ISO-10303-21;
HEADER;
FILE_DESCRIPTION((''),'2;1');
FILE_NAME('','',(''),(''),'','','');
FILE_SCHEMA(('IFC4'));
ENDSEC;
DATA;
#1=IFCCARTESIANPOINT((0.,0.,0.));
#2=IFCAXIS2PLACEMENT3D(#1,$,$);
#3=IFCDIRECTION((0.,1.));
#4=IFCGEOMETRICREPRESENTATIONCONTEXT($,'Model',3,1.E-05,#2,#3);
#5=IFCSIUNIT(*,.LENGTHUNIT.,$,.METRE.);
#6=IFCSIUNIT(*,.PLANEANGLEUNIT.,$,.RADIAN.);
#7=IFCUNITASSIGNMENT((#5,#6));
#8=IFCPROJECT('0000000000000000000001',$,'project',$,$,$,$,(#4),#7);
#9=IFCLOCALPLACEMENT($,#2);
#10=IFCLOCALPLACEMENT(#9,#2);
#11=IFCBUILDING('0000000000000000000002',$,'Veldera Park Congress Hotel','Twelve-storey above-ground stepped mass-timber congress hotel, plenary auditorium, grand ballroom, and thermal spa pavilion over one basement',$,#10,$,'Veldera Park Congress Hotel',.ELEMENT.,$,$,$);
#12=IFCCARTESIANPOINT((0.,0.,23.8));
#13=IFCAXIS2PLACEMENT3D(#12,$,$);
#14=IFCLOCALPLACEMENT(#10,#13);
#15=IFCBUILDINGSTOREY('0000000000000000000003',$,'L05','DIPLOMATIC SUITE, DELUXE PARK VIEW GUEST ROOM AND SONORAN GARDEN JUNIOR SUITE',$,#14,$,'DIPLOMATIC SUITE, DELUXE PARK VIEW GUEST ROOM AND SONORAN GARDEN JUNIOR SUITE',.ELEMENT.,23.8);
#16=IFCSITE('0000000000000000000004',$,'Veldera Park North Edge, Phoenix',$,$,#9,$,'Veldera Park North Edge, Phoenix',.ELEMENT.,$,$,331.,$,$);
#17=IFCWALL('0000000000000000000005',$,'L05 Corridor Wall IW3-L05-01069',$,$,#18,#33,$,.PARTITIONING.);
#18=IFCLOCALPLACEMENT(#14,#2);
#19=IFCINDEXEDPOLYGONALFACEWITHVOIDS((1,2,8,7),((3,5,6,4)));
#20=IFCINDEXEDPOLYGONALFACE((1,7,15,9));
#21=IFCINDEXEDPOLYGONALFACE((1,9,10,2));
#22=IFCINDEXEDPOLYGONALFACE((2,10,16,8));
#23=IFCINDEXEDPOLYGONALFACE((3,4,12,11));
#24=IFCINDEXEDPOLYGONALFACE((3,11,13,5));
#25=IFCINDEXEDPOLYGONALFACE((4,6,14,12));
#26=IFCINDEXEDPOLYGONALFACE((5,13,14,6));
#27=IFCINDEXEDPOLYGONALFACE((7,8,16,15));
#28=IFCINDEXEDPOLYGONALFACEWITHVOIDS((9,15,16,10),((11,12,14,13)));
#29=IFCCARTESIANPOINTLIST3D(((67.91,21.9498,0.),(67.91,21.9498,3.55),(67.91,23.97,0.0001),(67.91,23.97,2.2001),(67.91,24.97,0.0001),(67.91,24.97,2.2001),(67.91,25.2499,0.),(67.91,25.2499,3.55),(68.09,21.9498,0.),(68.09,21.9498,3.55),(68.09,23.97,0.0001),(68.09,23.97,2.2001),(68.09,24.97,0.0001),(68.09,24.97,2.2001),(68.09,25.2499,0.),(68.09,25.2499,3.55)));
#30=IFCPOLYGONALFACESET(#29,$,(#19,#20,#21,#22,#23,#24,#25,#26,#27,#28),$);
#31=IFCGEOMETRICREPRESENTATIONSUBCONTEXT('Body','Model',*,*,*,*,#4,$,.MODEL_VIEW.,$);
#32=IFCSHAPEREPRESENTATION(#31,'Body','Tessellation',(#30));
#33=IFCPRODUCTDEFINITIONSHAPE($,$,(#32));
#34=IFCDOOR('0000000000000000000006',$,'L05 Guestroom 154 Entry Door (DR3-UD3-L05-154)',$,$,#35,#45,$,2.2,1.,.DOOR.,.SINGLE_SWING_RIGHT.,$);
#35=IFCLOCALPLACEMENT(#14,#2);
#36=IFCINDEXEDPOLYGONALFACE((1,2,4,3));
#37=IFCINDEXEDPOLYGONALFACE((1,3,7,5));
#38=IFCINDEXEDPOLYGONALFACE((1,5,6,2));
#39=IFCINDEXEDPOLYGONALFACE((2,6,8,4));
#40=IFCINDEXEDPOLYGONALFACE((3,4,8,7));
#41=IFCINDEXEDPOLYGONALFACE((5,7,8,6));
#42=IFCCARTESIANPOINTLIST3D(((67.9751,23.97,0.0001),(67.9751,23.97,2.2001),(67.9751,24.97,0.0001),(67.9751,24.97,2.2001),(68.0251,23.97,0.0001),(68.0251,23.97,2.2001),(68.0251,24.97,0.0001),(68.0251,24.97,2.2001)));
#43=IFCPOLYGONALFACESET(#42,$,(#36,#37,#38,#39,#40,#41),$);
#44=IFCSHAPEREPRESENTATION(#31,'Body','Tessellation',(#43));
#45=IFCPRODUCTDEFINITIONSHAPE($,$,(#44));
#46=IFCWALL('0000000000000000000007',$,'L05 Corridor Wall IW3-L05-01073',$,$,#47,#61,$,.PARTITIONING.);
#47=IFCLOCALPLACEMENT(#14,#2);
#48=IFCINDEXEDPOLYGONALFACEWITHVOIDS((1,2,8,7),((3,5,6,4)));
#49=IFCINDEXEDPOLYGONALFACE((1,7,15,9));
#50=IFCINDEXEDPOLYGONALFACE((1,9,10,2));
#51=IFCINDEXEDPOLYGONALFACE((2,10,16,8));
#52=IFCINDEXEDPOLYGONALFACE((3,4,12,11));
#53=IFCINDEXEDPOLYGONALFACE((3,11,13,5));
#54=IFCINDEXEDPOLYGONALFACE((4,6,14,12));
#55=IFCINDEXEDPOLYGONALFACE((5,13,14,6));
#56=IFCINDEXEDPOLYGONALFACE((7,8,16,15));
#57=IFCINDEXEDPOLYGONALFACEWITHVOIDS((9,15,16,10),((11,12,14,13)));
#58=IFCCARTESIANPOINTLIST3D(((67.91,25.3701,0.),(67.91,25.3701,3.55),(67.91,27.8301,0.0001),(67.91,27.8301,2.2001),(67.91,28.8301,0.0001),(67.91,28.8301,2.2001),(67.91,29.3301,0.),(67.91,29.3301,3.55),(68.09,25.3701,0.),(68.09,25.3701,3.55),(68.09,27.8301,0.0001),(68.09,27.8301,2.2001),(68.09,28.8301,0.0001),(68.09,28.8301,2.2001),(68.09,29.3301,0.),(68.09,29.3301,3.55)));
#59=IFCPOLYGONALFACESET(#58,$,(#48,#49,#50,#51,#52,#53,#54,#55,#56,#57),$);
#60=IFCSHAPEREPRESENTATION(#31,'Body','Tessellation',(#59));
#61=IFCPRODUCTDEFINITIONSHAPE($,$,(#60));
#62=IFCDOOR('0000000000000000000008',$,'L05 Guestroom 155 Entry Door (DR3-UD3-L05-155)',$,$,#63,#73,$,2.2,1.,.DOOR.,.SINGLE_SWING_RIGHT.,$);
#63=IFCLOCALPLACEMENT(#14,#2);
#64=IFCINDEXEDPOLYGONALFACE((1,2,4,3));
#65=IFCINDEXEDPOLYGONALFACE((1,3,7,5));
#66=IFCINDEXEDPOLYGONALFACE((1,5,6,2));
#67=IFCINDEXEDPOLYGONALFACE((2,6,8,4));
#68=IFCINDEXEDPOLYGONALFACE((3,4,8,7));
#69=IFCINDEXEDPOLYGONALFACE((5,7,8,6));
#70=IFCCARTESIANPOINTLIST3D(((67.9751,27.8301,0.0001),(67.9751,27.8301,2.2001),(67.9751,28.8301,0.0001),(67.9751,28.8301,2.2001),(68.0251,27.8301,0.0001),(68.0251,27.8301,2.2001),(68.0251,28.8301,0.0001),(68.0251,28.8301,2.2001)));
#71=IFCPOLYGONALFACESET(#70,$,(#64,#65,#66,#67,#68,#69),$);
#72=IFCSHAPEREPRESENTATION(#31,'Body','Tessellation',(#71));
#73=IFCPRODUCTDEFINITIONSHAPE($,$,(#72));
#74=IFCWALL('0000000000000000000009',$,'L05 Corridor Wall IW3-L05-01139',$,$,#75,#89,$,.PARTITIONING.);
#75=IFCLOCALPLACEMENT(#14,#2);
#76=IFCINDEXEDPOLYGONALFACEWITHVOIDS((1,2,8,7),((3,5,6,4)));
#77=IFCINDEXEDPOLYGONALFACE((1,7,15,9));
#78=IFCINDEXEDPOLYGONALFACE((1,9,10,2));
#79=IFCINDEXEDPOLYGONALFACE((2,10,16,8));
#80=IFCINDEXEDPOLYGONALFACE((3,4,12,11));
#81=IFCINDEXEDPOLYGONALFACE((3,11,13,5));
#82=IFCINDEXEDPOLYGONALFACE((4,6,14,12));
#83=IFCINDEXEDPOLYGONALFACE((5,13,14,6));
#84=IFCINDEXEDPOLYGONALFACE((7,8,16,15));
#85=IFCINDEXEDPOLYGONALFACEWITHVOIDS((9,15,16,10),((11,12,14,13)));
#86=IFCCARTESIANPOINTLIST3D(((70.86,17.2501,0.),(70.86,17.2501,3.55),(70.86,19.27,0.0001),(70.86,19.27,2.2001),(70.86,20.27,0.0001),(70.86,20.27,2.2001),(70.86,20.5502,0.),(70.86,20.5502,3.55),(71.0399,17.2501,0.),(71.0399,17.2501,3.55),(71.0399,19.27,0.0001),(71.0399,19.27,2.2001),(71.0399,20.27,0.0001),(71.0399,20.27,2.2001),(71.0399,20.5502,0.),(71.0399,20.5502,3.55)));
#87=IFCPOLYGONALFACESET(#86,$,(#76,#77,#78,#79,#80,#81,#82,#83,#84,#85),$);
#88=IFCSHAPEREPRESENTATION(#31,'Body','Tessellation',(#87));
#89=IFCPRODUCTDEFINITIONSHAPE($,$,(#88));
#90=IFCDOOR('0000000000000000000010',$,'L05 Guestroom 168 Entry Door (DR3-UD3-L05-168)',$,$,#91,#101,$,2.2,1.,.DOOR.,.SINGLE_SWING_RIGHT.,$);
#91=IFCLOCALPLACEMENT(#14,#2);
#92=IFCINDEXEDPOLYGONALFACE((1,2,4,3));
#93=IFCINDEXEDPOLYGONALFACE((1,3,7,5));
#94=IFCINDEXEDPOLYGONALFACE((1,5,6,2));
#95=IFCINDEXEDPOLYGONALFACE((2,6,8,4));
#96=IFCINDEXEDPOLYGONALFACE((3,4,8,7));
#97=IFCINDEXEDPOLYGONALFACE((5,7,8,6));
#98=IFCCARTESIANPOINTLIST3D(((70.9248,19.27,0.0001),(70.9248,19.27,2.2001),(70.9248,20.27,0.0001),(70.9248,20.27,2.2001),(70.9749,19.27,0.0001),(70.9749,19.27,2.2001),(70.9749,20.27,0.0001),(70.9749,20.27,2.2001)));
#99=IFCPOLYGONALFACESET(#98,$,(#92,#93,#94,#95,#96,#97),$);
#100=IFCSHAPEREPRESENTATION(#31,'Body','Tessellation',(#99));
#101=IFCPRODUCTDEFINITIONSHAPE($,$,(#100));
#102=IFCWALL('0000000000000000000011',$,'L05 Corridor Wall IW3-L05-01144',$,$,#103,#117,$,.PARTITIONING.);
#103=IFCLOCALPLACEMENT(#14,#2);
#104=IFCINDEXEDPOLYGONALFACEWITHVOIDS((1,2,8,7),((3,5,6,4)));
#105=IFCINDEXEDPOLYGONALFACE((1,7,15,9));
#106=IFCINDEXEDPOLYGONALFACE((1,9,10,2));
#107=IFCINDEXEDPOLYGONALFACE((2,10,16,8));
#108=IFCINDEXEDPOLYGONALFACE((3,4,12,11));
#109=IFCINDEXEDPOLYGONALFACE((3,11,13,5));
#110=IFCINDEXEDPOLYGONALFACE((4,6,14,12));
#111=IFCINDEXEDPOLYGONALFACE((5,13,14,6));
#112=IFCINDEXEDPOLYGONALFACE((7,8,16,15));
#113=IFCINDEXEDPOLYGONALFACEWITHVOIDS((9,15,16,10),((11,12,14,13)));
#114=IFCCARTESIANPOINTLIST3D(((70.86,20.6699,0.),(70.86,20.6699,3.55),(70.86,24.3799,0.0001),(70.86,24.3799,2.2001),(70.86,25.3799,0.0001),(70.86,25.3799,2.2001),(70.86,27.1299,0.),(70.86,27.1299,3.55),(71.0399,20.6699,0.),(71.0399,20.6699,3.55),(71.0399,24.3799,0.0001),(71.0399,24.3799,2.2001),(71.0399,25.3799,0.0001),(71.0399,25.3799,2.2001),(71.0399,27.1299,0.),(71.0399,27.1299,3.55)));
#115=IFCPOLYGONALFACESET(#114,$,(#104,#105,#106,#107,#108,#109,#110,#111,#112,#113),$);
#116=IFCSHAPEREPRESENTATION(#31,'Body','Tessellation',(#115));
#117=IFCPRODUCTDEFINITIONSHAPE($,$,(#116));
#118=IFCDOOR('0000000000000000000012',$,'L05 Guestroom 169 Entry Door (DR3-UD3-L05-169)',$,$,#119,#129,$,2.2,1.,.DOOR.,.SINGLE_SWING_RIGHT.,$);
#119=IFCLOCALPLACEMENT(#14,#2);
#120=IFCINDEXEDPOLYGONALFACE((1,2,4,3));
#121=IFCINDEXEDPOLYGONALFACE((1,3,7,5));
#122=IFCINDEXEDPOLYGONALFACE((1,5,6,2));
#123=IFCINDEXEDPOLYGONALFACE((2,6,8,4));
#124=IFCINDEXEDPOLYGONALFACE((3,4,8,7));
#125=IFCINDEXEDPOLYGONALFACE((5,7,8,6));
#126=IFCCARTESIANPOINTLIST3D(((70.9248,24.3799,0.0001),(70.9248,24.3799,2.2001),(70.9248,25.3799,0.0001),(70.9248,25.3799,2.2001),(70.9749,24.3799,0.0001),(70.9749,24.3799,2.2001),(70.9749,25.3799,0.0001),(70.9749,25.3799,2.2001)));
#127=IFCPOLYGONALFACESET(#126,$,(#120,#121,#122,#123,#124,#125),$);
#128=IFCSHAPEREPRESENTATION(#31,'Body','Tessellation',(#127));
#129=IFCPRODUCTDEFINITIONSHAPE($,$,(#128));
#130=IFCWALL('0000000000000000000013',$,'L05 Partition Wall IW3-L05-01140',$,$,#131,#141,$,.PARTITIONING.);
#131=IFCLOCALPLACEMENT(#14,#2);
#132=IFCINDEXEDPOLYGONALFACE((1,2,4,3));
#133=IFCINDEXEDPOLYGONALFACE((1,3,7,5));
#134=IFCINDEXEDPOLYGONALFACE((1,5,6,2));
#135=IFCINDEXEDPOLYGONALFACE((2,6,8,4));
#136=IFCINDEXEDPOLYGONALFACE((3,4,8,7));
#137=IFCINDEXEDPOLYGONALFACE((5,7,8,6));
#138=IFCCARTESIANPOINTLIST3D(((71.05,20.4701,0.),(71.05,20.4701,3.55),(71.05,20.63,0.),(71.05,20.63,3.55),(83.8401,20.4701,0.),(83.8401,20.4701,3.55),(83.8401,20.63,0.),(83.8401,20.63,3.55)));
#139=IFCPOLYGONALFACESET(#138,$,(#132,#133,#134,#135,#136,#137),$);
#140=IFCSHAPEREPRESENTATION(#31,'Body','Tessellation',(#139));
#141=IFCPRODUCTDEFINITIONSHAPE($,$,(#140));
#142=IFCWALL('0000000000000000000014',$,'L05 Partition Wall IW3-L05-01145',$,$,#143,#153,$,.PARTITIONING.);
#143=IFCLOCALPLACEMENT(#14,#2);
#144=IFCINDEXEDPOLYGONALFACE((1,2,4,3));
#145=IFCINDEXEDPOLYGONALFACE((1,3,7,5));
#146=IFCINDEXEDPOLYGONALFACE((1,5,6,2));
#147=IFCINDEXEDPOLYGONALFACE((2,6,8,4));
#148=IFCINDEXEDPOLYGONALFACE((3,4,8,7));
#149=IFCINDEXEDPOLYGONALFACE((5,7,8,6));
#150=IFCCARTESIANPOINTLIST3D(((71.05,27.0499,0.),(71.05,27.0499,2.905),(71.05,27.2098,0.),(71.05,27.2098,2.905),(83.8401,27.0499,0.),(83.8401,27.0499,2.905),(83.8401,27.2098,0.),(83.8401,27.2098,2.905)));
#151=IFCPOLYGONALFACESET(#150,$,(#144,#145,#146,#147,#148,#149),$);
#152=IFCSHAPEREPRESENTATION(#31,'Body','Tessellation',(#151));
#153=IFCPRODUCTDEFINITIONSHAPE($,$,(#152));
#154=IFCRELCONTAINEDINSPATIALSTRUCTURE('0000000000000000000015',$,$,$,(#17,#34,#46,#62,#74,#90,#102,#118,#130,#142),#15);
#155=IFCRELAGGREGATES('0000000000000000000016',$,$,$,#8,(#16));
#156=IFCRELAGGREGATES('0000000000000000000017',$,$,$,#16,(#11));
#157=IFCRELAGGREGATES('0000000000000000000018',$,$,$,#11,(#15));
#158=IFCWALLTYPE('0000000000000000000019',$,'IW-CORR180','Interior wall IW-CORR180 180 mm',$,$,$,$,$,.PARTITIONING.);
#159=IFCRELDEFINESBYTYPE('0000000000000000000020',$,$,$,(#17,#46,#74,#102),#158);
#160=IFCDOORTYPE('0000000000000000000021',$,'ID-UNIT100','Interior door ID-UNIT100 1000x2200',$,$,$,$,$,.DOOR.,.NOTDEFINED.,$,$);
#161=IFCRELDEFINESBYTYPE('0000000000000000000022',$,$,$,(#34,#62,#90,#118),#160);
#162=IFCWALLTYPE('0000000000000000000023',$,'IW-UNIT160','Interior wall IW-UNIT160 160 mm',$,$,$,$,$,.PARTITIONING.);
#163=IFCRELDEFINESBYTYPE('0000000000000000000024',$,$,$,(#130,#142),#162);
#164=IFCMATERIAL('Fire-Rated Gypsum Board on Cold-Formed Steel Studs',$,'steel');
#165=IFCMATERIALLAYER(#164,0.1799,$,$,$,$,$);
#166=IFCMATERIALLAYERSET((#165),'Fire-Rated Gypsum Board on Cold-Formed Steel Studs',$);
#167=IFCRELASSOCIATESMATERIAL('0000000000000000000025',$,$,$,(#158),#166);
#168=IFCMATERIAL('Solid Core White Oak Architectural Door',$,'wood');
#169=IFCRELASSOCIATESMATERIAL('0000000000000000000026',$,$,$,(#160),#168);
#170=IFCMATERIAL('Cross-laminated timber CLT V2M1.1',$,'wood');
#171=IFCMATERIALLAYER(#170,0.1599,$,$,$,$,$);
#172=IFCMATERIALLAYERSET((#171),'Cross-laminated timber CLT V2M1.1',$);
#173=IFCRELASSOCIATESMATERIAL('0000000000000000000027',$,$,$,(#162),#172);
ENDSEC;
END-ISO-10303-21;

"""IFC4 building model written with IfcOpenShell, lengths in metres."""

from ifc_helpers import new_model, si_unit, direction, frame, frame_2d, origin, place, context, subcontext, project, spatial, rectangle, extrude, material, layer, layer_set, type_object, element, fill, save


model = new_model("IFC4")

# Units and contexts
model_context = context("Model", 3, precision=1e-05, world=origin(), true_north=direction((0.0, 1.0)))
body_context = subcontext(model_context, "Body", "Model", "MODEL_VIEW")
ifc_project = project(units=[si_unit("LENGTHUNIT", "METRE"), si_unit("PLANEANGLEUNIT", "RADIAN")], contexts=[model_context])

# Site, building, storey
site_placement = place(None, origin())
site = spatial("IfcSite", under=ifc_project, at=site_placement, Name="Veldera Park North Edge, Phoenix", LongName="Veldera Park North Edge, Phoenix", CompositionType="ELEMENT", RefElevation=331.0)
building_placement = place(site_placement, origin())
building = spatial("IfcBuilding", under=site, at=building_placement, Name="Veldera Park Congress Hotel", Description="Twelve-storey above-ground stepped mass-timber congress hotel, plenary auditorium, grand ballroom, and thermal spa pavilion over one basement", LongName="Veldera Park Congress Hotel", CompositionType="ELEMENT")
storey_placement = place(building_placement, frame((0.0, 0.0, 23.8)))
storey = spatial("IfcBuildingStorey", under=building, at=storey_placement, Name="L05", Description="DIPLOMATIC SUITE, DELUXE PARK VIEW GUEST ROOM AND SONORAN GARDEN JUNIOR SUITE", LongName="DIPLOMATIC SUITE, DELUXE PARK VIEW GUEST ROOM AND SONORAN GARDEN JUNIOR SUITE", CompositionType="ELEMENT", Elevation=23.8)

# Shared definitions
ifc_material_1 = material(Name="Fire-Rated Gypsum Board on Cold-Formed Steel Studs", Category="steel")

# Shared definitions
ifc_material_2 = material(Name="Solid Core White Oak Architectural Door", Category="wood")

# Walls, openings, doors
ifc_layer_1 = layer(ifc_material_1, 0.1799)
ifc_layer_set_1 = layer_set([ifc_layer_1], Name="Fire-Rated Gypsum Board on Cold-Formed Steel Studs")
wall_type_1 = type_object("IfcWallType", Name="IW-CORR180", Description="Interior wall IW-CORR180 180 mm", PredefinedType="PARTITIONING", material=ifc_layer_set_1)
door_type_1 = type_object("IfcDoorType", Name="ID-UNIT100", Description="Interior door ID-UNIT100 1000x2200", OperationType="NOTDEFINED", PredefinedType="DOOR", material=ifc_material_2)
wall_1_placement = place(storey_placement, frame((68.0, 21.95, 0.0), z_axis=(0.0, 0.0, 1.0), x_axis=(0.0, 1.0, 0.0)))
wall_1 = element("IfcWall", 1, at=wall_1_placement, inside=storey, type_object=wall_type_1, Name="L05 Corridor Wall IW3-L05-01069", PredefinedType="PARTITIONING", context=body_context, shape_type="SweptSolid", body=[
    extrude(rectangle(XDim=3.3, YDim=0.1799, at=frame_2d((1.6499, 0.0))), origin(), (0.0, 0.0, 1.0), 3.55),
])
opening_1_placement = place(wall_1_placement, frame((2.02, 0.0, 0.0)))
opening_1 = element("IfcOpeningElement", 2, at=opening_1_placement, cuts=wall_1, PredefinedType="OPENING", context=body_context, shape_type="SweptSolid", body=[
    extrude(rectangle(XDim=1.0, YDim=2.2, at=frame_2d((0.5, 1.1001))), frame((0.0, 0.1021, 0.0), z_axis=(0.0, -1.0, 0.0), x_axis=(1.0, 0.0, 0.0)), (0.0, 0.0, 1.0), 0.2039),
])
door_1_placement = place(opening_1_placement, origin())
door_1 = element("IfcDoor", 3, at=door_1_placement, inside=storey, type_object=door_type_1, Name="L05 Guestroom 154 Entry Door (DR3-UD3-L05-154)", OperationType="SINGLE_SWING_RIGHT", OverallHeight=2.2, OverallWidth=1.0, PredefinedType="DOOR", context=body_context, shape_type="SweptSolid", body=[
    extrude(rectangle(XDim=1.0, YDim=2.2, at=frame_2d((0.5, 1.1001))), frame((0.0, 0.0249, 0.0), z_axis=(0.0, -1.0, 0.0), x_axis=(1.0, 0.0, 0.0)), (0.0, 0.0, 1.0), 0.05),
])
fill(opening_1, door_1)
wall_2_placement = place(storey_placement, frame((68.0, 25.3701, 0.0), z_axis=(0.0, 0.0, 1.0), x_axis=(0.0, 1.0, 0.0)))
wall_2 = element("IfcWall", 4, at=wall_2_placement, inside=storey, type_object=wall_type_1, Name="L05 Corridor Wall IW3-L05-01073", PredefinedType="PARTITIONING", context=body_context, shape_type="SweptSolid", body=[
    extrude(rectangle(XDim=3.96, YDim=0.1799, at=frame_2d((1.98, 0.0))), origin(), (0.0, 0.0, 1.0), 3.55),
])
opening_2_placement = place(wall_2_placement, frame((2.46, 0.0, 0.0)))
opening_2 = element("IfcOpeningElement", 5, at=opening_2_placement, cuts=wall_2, PredefinedType="OPENING", context=body_context, shape_type="SweptSolid", body=[
    extrude(rectangle(XDim=1.0, YDim=2.2, at=frame_2d((0.5, 1.1001))), frame((0.0, 0.1021, 0.0), z_axis=(0.0, -1.0, 0.0), x_axis=(1.0, 0.0, 0.0)), (0.0, 0.0, 1.0), 0.2039),
])
door_2_placement = place(opening_2_placement, origin())
door_2 = element("IfcDoor", 6, at=door_2_placement, inside=storey, type_object=door_type_1, Name="L05 Guestroom 155 Entry Door (DR3-UD3-L05-155)", OperationType="SINGLE_SWING_RIGHT", OverallHeight=2.2, OverallWidth=1.0, PredefinedType="DOOR", context=body_context, shape_type="SweptSolid", body=[
    extrude(rectangle(XDim=1.0, YDim=2.2, at=frame_2d((0.5, 1.1001))), frame((0.0, 0.0249, 0.0), z_axis=(0.0, -1.0, 0.0), x_axis=(1.0, 0.0, 0.0)), (0.0, 0.0, 1.0), 0.05),
])
fill(opening_2, door_2)
wall_3_placement = place(storey_placement, frame((70.95, 20.55, 0.0), z_axis=(0.0, 0.0, 1.0), x_axis=(0.0, -1.0, 0.0)))
wall_3 = element("IfcWall", 7, at=wall_3_placement, inside=storey, type_object=wall_type_1, Name="L05 Corridor Wall IW3-L05-01139", PredefinedType="PARTITIONING", context=body_context, shape_type="SweptSolid", body=[
    extrude(rectangle(XDim=3.3, YDim=0.1799, at=frame_2d((1.6499, 0.0))), origin(), (0.0, 0.0, 1.0), 3.55),
])
opening_3_placement = place(wall_3_placement, frame((0.28, 0.0, 0.0)))
opening_3 = element("IfcOpeningElement", 8, at=opening_3_placement, cuts=wall_3, PredefinedType="OPENING", context=body_context, shape_type="SweptSolid", body=[
    extrude(rectangle(XDim=1.0, YDim=2.2, at=frame_2d((0.5, 1.1001))), frame((0.0, 0.1021, 0.0), z_axis=(0.0, -1.0, 0.0), x_axis=(1.0, 0.0, 0.0)), (0.0, 0.0, 1.0), 0.2039),
])
door_3_placement = place(opening_3_placement, origin())
door_3 = element("IfcDoor", 9, at=door_3_placement, inside=storey, type_object=door_type_1, Name="L05 Guestroom 168 Entry Door (DR3-UD3-L05-168)", OperationType="SINGLE_SWING_RIGHT", OverallHeight=2.2, OverallWidth=1.0, PredefinedType="DOOR", context=body_context, shape_type="SweptSolid", body=[
    extrude(rectangle(XDim=1.0, YDim=2.2, at=frame_2d((0.5, 1.1001))), frame((0.0, 0.0249, 0.0), z_axis=(0.0, -1.0, 0.0), x_axis=(1.0, 0.0, 0.0)), (0.0, 0.0, 1.0), 0.05),
])
fill(opening_3, door_3)
wall_4_placement = place(storey_placement, frame((70.95, 27.1299, 0.0), z_axis=(0.0, 0.0, 1.0), x_axis=(0.0, -1.0, 0.0)))
wall_4 = element("IfcWall", 10, at=wall_4_placement, inside=storey, type_object=wall_type_1, Name="L05 Corridor Wall IW3-L05-01144", PredefinedType="PARTITIONING", context=body_context, shape_type="SweptSolid", body=[
    extrude(rectangle(XDim=6.46, YDim=0.1799, at=frame_2d((3.23, 0.0))), origin(), (0.0, 0.0, 1.0), 3.55),
])
opening_4_placement = place(wall_4_placement, frame((1.75, 0.0, 0.0)))
opening_4 = element("IfcOpeningElement", 11, at=opening_4_placement, cuts=wall_4, PredefinedType="OPENING", context=body_context, shape_type="SweptSolid", body=[
    extrude(rectangle(XDim=1.0, YDim=2.2, at=frame_2d((0.5, 1.1001))), frame((0.0, 0.1021, 0.0), z_axis=(0.0, -1.0, 0.0), x_axis=(1.0, 0.0, 0.0)), (0.0, 0.0, 1.0), 0.2039),
])
door_4_placement = place(opening_4_placement, origin())
door_4 = element("IfcDoor", 12, at=door_4_placement, inside=storey, type_object=door_type_1, Name="L05 Guestroom 169 Entry Door (DR3-UD3-L05-169)", OperationType="SINGLE_SWING_RIGHT", OverallHeight=2.2, OverallWidth=1.0, PredefinedType="DOOR", context=body_context, shape_type="SweptSolid", body=[
    extrude(rectangle(XDim=1.0, YDim=2.2, at=frame_2d((0.5, 1.1001))), frame((0.0, 0.0249, 0.0), z_axis=(0.0, -1.0, 0.0), x_axis=(1.0, 0.0, 0.0)), (0.0, 0.0, 1.0), 0.05),
])
fill(opening_4, door_4)

# Walls
ifc_material_3 = material(Name="Cross-laminated timber CLT V2M1.1", Category="wood")
ifc_layer_2 = layer(ifc_material_3, 0.1599)
ifc_layer_set_2 = layer_set([ifc_layer_2], Name="Cross-laminated timber CLT V2M1.1")
wall_type_2 = type_object("IfcWallType", Name="IW-UNIT160", Description="Interior wall IW-UNIT160 160 mm", PredefinedType="PARTITIONING", material=ifc_layer_set_2)
wall_5_placement = place(storey_placement, frame((71.05, 20.55, 0.0), z_axis=(0.0, 0.0, 1.0), x_axis=(1.0, 0.0, 0.0)))
element("IfcWall", 13, at=wall_5_placement, inside=storey, type_object=wall_type_2, Name="L05 Partition Wall IW3-L05-01140", PredefinedType="PARTITIONING", context=body_context, shape_type="SweptSolid", body=[
    extrude(rectangle(XDim=12.79, YDim=0.1599, at=frame_2d((6.395, 0.0))), origin(), (0.0, 0.0, 1.0), 3.55),
])
wall_6_placement = place(storey_placement, frame((71.05, 27.1299, 0.0), z_axis=(0.0, 0.0, 1.0), x_axis=(1.0, 0.0, 0.0)))
element("IfcWall", 14, at=wall_6_placement, inside=storey, type_object=wall_type_2, Name="L05 Partition Wall IW3-L05-01145", PredefinedType="PARTITIONING", context=body_context, shape_type="SweptSolid", body=[
    extrude(rectangle(XDim=12.79, YDim=0.1599, at=frame_2d((6.395, 0.0))), origin(), (0.0, 0.0, 1.0), 2.905),
])

save(model, "model.ifc")
